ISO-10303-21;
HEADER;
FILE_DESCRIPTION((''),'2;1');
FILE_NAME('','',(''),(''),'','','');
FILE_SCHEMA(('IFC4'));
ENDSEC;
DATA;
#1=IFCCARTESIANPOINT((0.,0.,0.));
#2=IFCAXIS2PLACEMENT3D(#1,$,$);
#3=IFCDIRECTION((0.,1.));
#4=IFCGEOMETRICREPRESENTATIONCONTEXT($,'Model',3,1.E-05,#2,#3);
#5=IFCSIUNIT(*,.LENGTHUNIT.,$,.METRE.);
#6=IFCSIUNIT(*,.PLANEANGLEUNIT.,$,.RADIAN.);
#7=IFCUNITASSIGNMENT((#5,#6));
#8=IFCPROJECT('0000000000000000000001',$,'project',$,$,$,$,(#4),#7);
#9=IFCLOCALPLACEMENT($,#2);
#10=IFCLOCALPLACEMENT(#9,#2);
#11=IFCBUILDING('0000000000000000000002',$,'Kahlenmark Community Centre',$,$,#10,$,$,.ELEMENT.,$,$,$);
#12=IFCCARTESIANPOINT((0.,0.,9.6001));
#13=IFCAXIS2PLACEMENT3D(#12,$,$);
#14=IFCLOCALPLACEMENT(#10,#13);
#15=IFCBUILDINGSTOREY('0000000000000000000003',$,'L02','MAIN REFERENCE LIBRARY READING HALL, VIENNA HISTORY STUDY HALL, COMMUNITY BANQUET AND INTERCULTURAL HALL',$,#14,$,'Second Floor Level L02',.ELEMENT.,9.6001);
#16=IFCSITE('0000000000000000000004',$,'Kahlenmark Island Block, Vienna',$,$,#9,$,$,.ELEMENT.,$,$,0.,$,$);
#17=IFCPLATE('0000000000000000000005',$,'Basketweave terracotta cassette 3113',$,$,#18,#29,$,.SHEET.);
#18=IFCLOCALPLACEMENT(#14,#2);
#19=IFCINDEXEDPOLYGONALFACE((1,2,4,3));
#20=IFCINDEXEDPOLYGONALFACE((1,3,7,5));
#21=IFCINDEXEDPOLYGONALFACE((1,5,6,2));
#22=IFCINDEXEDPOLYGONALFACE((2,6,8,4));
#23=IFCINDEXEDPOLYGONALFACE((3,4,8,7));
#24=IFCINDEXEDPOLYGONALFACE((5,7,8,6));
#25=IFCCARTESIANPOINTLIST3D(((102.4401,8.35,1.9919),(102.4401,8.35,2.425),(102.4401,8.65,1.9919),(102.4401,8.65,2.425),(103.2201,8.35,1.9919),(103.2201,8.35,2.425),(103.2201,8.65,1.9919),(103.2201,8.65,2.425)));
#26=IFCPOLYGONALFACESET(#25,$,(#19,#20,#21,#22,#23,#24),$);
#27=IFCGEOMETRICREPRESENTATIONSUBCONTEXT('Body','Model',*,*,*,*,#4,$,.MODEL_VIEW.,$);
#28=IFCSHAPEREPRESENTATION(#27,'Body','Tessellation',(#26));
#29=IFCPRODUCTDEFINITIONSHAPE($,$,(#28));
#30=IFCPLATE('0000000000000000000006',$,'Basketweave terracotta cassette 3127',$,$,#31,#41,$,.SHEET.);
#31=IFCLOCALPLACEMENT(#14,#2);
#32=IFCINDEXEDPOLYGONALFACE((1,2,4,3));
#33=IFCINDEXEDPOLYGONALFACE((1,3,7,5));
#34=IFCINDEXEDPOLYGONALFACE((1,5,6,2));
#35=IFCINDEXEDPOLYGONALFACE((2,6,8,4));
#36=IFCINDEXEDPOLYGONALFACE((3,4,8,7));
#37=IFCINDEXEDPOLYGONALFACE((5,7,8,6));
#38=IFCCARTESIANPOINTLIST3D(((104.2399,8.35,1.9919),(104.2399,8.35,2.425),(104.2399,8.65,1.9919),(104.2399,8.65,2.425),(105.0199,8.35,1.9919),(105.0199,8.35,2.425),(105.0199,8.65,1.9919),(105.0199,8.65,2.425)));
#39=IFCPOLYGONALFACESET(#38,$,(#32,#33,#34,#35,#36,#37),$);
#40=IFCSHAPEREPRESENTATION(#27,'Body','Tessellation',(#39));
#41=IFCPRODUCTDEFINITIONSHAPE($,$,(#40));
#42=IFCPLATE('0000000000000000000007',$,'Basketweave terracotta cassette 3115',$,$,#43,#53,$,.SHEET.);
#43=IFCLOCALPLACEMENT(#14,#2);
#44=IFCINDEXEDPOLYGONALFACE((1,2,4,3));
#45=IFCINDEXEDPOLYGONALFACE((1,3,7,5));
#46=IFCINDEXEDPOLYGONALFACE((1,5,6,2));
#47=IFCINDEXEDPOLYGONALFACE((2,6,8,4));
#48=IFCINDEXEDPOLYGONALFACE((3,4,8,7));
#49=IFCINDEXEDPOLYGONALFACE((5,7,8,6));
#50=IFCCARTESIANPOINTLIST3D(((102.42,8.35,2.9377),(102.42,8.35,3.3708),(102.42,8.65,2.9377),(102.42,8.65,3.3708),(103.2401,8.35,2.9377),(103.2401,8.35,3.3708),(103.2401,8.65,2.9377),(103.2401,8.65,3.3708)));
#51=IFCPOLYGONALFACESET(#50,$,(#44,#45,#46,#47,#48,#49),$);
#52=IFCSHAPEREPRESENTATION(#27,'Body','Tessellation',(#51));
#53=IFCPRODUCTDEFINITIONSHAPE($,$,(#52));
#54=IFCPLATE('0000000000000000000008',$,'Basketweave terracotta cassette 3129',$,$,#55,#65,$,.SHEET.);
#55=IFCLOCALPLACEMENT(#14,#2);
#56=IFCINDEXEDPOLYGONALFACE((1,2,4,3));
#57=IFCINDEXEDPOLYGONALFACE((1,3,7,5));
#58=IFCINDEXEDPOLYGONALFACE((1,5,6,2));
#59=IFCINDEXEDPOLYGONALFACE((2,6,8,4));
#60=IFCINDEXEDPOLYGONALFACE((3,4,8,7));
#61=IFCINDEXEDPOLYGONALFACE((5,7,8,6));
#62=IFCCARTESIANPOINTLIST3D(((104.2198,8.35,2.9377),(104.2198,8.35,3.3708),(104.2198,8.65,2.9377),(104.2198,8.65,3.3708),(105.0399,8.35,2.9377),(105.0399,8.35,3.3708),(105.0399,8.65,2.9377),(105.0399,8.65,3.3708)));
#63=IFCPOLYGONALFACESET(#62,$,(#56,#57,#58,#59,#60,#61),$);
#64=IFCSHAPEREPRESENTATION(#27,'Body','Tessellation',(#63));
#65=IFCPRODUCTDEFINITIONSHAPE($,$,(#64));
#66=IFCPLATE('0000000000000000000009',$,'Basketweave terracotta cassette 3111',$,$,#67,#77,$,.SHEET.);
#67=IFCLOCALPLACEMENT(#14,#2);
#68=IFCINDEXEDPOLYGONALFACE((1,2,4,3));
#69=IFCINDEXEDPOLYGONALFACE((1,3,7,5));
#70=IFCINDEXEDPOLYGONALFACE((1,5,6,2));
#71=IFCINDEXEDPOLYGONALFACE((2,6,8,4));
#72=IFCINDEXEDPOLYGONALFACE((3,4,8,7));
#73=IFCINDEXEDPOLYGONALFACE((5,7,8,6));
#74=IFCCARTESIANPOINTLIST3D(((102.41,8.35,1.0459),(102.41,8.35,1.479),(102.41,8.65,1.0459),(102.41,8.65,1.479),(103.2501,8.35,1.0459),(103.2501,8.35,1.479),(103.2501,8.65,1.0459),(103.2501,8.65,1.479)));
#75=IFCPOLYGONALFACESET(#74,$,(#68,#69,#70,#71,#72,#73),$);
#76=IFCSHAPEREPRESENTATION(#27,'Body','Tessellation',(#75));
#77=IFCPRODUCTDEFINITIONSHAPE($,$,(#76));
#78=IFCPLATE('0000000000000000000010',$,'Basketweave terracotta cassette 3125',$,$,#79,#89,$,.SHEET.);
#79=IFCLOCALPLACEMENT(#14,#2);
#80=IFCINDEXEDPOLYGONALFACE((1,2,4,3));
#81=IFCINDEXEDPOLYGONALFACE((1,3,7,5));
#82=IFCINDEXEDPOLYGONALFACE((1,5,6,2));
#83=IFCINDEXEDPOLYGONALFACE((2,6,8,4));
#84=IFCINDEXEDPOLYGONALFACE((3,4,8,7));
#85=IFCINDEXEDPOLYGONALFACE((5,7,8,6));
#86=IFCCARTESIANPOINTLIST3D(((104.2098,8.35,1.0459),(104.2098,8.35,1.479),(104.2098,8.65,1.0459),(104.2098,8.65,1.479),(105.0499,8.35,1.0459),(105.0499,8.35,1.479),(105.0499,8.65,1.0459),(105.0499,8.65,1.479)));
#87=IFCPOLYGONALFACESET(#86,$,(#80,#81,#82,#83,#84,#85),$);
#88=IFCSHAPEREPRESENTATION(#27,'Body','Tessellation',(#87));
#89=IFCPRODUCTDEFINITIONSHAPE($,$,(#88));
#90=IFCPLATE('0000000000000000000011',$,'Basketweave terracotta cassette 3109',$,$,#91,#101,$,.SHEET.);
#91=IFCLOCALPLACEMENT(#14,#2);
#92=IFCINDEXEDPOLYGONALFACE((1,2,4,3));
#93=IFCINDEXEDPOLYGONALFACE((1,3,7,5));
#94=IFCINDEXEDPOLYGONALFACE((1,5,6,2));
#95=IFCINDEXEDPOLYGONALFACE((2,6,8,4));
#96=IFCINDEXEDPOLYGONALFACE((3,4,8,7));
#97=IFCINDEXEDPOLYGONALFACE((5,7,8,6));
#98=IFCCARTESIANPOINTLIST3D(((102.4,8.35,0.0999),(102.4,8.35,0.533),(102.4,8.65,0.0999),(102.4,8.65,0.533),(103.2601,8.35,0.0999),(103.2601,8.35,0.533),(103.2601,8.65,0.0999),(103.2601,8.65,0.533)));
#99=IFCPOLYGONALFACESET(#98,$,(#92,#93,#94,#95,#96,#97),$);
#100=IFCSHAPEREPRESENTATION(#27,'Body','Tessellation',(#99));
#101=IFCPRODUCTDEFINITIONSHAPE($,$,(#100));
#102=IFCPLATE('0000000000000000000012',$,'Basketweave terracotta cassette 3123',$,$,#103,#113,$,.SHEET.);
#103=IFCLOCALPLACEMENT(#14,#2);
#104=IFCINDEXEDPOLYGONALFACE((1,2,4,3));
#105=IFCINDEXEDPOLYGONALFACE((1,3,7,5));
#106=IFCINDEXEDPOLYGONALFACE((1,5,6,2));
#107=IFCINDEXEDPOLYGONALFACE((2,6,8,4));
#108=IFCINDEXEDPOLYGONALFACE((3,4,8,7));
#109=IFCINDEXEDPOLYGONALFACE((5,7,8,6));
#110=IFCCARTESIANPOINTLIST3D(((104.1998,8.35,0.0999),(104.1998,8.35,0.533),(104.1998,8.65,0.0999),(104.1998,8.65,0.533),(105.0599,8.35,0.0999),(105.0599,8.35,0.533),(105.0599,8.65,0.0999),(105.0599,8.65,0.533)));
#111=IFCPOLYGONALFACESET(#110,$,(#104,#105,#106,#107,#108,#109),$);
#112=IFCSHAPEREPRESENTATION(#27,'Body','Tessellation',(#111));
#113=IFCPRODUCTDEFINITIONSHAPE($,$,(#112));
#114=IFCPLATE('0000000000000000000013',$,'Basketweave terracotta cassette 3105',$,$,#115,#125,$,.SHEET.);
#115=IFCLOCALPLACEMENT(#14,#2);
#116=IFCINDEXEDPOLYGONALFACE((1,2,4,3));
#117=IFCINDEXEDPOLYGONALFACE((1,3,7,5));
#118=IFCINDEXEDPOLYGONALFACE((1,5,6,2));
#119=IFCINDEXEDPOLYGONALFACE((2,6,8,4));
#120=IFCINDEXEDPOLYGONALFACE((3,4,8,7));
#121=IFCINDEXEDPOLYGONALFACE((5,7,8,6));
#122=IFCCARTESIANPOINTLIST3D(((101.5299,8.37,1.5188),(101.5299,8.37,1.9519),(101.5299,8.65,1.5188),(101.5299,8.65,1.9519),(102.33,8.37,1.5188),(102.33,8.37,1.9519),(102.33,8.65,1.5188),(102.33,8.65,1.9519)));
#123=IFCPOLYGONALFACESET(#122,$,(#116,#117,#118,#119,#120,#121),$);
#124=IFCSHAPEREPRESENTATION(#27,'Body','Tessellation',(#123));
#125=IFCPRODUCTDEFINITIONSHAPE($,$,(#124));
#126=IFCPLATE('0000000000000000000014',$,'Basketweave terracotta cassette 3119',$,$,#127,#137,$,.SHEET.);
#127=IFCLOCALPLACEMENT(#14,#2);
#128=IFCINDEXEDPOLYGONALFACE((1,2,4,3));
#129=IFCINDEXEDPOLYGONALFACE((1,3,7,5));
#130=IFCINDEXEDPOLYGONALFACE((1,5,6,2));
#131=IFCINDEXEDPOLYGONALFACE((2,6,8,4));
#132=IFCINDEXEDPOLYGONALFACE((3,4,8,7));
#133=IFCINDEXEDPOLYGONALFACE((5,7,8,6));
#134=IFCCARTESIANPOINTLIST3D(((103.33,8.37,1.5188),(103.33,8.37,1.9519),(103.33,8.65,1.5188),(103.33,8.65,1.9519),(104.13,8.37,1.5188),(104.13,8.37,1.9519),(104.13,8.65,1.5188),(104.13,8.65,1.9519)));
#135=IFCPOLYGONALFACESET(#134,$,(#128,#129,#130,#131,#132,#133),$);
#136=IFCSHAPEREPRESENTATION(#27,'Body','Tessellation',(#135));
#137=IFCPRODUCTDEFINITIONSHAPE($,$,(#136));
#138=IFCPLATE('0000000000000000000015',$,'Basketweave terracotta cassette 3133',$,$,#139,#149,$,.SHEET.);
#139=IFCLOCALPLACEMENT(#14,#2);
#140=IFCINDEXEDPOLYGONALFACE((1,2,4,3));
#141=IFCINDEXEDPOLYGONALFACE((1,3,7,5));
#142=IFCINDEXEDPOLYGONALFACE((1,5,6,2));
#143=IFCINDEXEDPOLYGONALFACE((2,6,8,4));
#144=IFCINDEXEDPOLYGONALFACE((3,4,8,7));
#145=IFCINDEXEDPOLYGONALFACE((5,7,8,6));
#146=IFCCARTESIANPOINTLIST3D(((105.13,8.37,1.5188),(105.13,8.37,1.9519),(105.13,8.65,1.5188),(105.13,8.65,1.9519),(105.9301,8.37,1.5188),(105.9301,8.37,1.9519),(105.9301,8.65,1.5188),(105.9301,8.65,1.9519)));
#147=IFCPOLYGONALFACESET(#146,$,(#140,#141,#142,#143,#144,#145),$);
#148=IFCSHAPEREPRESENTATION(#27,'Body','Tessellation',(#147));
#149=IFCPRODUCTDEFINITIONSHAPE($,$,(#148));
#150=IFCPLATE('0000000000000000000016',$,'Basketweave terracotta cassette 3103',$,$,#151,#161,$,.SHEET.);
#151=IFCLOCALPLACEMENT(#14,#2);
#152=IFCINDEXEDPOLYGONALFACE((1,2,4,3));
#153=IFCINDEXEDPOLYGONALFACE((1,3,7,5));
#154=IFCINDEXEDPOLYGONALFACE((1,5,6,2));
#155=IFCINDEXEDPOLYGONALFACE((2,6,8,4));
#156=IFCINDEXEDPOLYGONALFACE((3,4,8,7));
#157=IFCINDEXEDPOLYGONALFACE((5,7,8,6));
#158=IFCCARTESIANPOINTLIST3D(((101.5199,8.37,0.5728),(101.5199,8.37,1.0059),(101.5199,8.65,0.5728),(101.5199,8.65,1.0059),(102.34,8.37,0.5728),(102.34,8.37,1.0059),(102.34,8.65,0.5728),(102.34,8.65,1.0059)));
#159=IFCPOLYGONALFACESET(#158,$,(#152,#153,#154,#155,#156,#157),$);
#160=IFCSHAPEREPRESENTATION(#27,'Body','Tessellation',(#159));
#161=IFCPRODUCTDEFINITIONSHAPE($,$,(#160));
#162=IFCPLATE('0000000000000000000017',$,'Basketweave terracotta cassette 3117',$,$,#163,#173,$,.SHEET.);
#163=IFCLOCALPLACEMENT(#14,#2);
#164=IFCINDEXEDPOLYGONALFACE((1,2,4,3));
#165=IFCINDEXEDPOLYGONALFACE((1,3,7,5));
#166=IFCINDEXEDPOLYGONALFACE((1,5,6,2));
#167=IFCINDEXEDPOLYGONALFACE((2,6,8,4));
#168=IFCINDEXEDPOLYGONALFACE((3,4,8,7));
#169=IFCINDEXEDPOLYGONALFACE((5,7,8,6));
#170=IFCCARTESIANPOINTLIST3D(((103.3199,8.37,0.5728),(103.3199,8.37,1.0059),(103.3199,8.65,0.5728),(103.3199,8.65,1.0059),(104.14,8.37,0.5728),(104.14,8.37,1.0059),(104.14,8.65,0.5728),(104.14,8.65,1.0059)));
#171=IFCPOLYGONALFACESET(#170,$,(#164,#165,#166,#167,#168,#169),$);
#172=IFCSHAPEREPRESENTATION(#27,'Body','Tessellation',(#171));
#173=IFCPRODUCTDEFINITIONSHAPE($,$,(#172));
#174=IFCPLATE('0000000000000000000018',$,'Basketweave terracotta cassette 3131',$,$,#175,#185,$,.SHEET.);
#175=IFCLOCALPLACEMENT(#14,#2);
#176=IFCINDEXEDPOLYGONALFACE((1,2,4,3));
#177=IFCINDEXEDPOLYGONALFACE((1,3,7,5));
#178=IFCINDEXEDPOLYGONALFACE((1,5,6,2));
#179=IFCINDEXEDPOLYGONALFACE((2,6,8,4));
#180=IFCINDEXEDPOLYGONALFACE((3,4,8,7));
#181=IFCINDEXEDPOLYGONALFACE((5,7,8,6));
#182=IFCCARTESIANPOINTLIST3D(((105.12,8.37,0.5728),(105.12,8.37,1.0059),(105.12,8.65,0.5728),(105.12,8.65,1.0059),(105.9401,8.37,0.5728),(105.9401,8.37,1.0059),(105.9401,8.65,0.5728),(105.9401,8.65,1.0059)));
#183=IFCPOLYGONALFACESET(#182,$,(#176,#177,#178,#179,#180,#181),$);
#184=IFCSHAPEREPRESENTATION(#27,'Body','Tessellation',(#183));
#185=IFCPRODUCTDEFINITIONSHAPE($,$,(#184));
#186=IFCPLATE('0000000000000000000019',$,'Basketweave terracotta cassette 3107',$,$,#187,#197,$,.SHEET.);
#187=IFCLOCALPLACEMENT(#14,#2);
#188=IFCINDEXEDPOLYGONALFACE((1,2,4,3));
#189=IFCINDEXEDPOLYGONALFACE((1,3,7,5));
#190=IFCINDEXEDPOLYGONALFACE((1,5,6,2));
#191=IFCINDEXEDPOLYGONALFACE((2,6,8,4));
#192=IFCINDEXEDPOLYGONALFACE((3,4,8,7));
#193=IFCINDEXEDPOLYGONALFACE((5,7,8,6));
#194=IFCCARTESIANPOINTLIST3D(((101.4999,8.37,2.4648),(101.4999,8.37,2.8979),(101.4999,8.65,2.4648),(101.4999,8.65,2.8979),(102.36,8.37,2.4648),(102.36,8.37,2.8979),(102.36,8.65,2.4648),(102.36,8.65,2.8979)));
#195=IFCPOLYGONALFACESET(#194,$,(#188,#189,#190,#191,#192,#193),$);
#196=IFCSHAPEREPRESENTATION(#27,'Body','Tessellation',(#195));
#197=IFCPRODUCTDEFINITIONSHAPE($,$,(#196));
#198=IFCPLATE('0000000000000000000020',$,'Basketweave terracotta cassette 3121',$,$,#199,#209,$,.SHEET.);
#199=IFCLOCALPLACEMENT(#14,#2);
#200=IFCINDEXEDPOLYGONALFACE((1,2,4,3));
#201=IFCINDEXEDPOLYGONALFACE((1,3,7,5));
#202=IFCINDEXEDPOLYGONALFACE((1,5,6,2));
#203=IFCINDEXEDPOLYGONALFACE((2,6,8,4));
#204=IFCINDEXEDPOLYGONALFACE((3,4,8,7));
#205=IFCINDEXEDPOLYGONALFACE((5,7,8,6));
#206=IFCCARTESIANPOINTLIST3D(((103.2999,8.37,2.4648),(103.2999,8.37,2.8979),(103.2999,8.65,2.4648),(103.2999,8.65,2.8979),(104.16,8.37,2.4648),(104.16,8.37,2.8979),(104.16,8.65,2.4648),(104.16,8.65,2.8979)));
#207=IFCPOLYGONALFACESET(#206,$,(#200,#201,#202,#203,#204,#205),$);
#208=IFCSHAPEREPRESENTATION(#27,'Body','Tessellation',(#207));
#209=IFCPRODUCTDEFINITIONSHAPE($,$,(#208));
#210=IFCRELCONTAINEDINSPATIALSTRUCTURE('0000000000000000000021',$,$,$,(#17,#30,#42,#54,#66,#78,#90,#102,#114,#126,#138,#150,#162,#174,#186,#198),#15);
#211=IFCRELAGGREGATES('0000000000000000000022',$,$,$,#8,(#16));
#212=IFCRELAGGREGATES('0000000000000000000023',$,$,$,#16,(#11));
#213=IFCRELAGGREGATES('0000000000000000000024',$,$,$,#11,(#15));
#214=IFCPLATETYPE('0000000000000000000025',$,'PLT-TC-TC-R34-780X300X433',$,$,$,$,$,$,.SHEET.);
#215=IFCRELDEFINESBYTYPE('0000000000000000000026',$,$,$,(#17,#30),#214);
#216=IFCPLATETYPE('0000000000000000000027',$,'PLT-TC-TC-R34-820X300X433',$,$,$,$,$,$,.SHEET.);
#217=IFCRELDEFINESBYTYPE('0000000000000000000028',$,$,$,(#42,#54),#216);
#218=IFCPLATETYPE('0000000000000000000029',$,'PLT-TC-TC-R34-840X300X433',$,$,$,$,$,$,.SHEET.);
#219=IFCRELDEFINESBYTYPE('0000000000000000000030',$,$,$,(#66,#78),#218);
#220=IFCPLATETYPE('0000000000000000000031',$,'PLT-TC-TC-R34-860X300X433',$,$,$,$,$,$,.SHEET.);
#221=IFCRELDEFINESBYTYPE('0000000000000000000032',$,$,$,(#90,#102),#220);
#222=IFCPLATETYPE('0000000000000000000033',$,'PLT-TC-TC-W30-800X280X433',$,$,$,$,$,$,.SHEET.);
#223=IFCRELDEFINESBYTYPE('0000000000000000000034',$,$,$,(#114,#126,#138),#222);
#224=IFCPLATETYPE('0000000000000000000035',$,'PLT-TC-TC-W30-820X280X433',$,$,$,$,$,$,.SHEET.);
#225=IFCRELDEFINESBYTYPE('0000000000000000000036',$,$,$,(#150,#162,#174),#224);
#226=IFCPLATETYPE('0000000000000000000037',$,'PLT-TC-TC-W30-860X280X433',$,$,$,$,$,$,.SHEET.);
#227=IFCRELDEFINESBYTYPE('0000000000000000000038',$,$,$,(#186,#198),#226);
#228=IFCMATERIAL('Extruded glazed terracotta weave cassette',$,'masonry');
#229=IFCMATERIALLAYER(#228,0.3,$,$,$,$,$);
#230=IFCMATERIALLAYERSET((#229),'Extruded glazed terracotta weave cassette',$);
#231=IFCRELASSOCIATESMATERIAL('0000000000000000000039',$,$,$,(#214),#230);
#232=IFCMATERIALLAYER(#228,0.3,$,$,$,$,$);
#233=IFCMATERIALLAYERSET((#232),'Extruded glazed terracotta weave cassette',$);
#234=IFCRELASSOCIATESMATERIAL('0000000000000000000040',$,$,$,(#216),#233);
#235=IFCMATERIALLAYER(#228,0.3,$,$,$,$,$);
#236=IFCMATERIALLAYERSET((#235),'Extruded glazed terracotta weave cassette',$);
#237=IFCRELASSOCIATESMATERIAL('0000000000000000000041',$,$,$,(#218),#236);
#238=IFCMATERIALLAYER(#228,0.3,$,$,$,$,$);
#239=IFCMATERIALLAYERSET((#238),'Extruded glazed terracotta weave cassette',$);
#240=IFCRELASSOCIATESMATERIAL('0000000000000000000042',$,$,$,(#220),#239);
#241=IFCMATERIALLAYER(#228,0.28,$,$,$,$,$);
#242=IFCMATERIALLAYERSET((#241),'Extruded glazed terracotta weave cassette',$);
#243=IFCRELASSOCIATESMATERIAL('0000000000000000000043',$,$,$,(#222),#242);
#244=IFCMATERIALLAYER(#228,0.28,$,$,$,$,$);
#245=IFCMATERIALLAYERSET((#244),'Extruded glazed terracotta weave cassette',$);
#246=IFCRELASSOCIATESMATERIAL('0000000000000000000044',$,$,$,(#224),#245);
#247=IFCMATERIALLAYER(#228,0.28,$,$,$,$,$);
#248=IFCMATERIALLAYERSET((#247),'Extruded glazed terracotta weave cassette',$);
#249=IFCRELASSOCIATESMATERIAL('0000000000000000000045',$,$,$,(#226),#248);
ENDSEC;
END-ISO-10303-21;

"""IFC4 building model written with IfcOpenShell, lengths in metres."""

from ifc_helpers import new_model, si_unit, direction, frame, origin, origin_2d, place, context, subcontext, project, spatial, rectangle, extrude, material, layer, layer_set, type_object, element, save


model = new_model("IFC4")

# Units and contexts
model_context = context("Model", 3, precision=1e-05, world=origin(), true_north=direction((0.0, 1.0)))
body_context = subcontext(model_context, "Body", "Model", "MODEL_VIEW")
ifc_project = project(units=[si_unit("LENGTHUNIT", "METRE"), si_unit("PLANEANGLEUNIT", "RADIAN")], contexts=[model_context])

# Site, building, storey
site_placement = place(None, origin())
site = spatial("IfcSite", under=ifc_project, at=site_placement, Name="Kahlenmark Island Block, Vienna", CompositionType="ELEMENT", RefElevation=0.0)
building_placement = place(site_placement, origin())
building = spatial("IfcBuilding", under=site, at=building_placement, Name="Kahlenmark Community Centre", CompositionType="ELEMENT")
storey_placement = place(building_placement, frame((0.0, 0.0, 9.6001)))
storey = spatial("IfcBuildingStorey", under=building, at=storey_placement, Name="L02", Description="MAIN REFERENCE LIBRARY READING HALL, VIENNA HISTORY STUDY HALL, COMMUNITY BANQUET AND INTERCULTURAL HALL", LongName="Second Floor Level L02", CompositionType="ELEMENT", Elevation=9.6001)

# Plates
ifc_material_1 = material(Name="Extruded glazed terracotta weave cassette", Category="masonry")
ifc_layer_1 = layer(ifc_material_1, 0.3)
ifc_layer_set_1 = layer_set([ifc_layer_1], Name="Extruded glazed terracotta weave cassette")
plate_type_1 = type_object("IfcPlateType", Name="PLT-TC-TC-R34-780X300X433", PredefinedType="SHEET", material=ifc_layer_set_1)
for number, where, z_axis, x_axis, name in (
    (1, (102.8301, 8.5, 1.9919), (0.0, 0.0, 1.0), (1.0, 0.0, 0.0), "Basketweave terracotta cassette 3113"),
    (2, (104.6299, 8.5, 1.9919), (0.0, 0.0, 1.0), (1.0, 0.0, 0.0), "Basketweave terracotta cassette 3127"),
):
    element("IfcPlate", number, at=place(storey_placement, frame(where, z_axis=z_axis, x_axis=x_axis)), inside=storey, type_object=plate_type_1, Name=name, PredefinedType="SHEET", context=body_context, shape_type="SweptSolid", body=[
        extrude(rectangle(XDim=0.78, YDim=0.3, at=origin_2d()), origin(), (0.0, 0.0, 1.0), 0.4331),
    ])
ifc_layer_2 = layer(ifc_material_1, 0.3)
ifc_layer_set_2 = layer_set([ifc_layer_2], Name="Extruded glazed terracotta weave cassette")
plate_type_2 = type_object("IfcPlateType", Name="PLT-TC-TC-R34-820X300X433", PredefinedType="SHEET", material=ifc_layer_set_2)
for number, where, z_axis, x_axis, name in (
    (3, (102.8301, 8.5, 2.9377), (0.0, 0.0, 1.0), (1.0, 0.0, 0.0), "Basketweave terracotta cassette 3115"),
    (4, (104.6299, 8.5, 2.9377), (0.0, 0.0, 1.0), (1.0, 0.0, 0.0), "Basketweave terracotta cassette 3129"),
):
    element("IfcPlate", number, at=place(storey_placement, frame(where, z_axis=z_axis, x_axis=x_axis)), inside=storey, type_object=plate_type_2, Name=name, PredefinedType="SHEET", context=body_context, shape_type="SweptSolid", body=[
        extrude(rectangle(XDim=0.8201, YDim=0.3, at=origin_2d()), origin(), (0.0, 0.0, 1.0), 0.4331),
    ])
ifc_layer_3 = layer(ifc_material_1, 0.3)
ifc_layer_set_3 = layer_set([ifc_layer_3], Name="Extruded glazed terracotta weave cassette")
plate_type_3 = type_object("IfcPlateType", Name="PLT-TC-TC-R34-840X300X433", PredefinedType="SHEET", material=ifc_layer_set_3)
for number, where, z_axis, x_axis, name in (
    (5, (102.8301, 8.5, 1.0459), (0.0, 0.0, 1.0), (1.0, 0.0, 0.0), "Basketweave terracotta cassette 3111"),
    (6, (104.6299, 8.5, 1.0459), (0.0, 0.0, 1.0), (1.0, 0.0, 0.0), "Basketweave terracotta cassette 3125"),
):
    element("IfcPlate", number, at=place(storey_placement, frame(where, z_axis=z_axis, x_axis=x_axis)), inside=storey, type_object=plate_type_3, Name=name, PredefinedType="SHEET", context=body_context, shape_type="SweptSolid", body=[
        extrude(rectangle(XDim=0.8401, YDim=0.3, at=origin_2d()), origin(), (0.0, 0.0, 1.0), 0.4331),
    ])
ifc_layer_4 = layer(ifc_material_1, 0.3)
ifc_layer_set_4 = layer_set([ifc_layer_4], Name="Extruded glazed terracotta weave cassette")
plate_type_4 = type_object("IfcPlateType", Name="PLT-TC-TC-R34-860X300X433", PredefinedType="SHEET", material=ifc_layer_set_4)
for number, where, z_axis, x_axis, name in (
    (7, (102.8301, 8.5, 0.0999), (0.0, 0.0, 1.0), (1.0, 0.0, 0.0), "Basketweave terracotta cassette 3109"),
    (8, (104.6299, 8.5, 0.0999), (0.0, 0.0, 1.0), (1.0, 0.0, 0.0), "Basketweave terracotta cassette 3123"),
):
    element("IfcPlate", number, at=place(storey_placement, frame(where, z_axis=z_axis, x_axis=x_axis)), inside=storey, type_object=plate_type_4, Name=name, PredefinedType="SHEET", context=body_context, shape_type="SweptSolid", body=[
        extrude(rectangle(XDim=0.8601, YDim=0.3, at=origin_2d()), origin(), (0.0, 0.0, 1.0), 0.4331),
    ])
ifc_layer_5 = layer(ifc_material_1, 0.28)
ifc_layer_set_5 = layer_set([ifc_layer_5], Name="Extruded glazed terracotta weave cassette")
plate_type_5 = type_object("IfcPlateType", Name="PLT-TC-TC-W30-800X280X433", PredefinedType="SHEET", material=ifc_layer_set_5)
for number, where, z_axis, x_axis, name in (
    (9, (101.9299, 8.51, 1.5188), (0.0, 0.0, 1.0), (1.0, 0.0, 0.0), "Basketweave terracotta cassette 3105"),
    (10, (103.73, 8.51, 1.5188), (0.0, 0.0, 1.0), (1.0, 0.0, 0.0), "Basketweave terracotta cassette 3119"),
    (11, (105.53, 8.51, 1.5188), (0.0, 0.0, 1.0), (1.0, 0.0, 0.0), "Basketweave terracotta cassette 3133"),
):
    element("IfcPlate", number, at=place(storey_placement, frame(where, z_axis=z_axis, x_axis=x_axis)), inside=storey, type_object=plate_type_5, Name=name, PredefinedType="SHEET", context=body_context, shape_type="SweptSolid", body=[
        extrude(rectangle(XDim=0.8, YDim=0.28, at=origin_2d()), origin(), (0.0, 0.0, 1.0), 0.4331),
    ])
ifc_layer_6 = layer(ifc_material_1, 0.28)
ifc_layer_set_6 = layer_set([ifc_layer_6], Name="Extruded glazed terracotta weave cassette")
plate_type_6 = type_object("IfcPlateType", Name="PLT-TC-TC-W30-820X280X433", PredefinedType="SHEET", material=ifc_layer_set_6)
for number, where, z_axis, x_axis, name in (
    (12, (101.9299, 8.51, 0.5728), (0.0, 0.0, 1.0), (1.0, 0.0, 0.0), "Basketweave terracotta cassette 3103"),
    (13, (103.73, 8.51, 0.5728), (0.0, 0.0, 1.0), (1.0, 0.0, 0.0), "Basketweave terracotta cassette 3117"),
    (14, (105.53, 8.51, 0.5728), (0.0, 0.0, 1.0), (1.0, 0.0, 0.0), "Basketweave terracotta cassette 3131"),
):
    element("IfcPlate", number, at=place(storey_placement, frame(where, z_axis=z_axis, x_axis=x_axis)), inside=storey, type_object=plate_type_6, Name=name, PredefinedType="SHEET", context=body_context, shape_type="SweptSolid", body=[
        extrude(rectangle(XDim=0.8201, YDim=0.28, at=origin_2d()), origin(), (0.0, 0.0, 1.0), 0.4331),
    ])
ifc_layer_7 = layer(ifc_material_1, 0.28)
ifc_layer_set_7 = layer_set([ifc_layer_7], Name="Extruded glazed terracotta weave cassette")
plate_type_7 = type_object("IfcPlateType", Name="PLT-TC-TC-W30-860X280X433", PredefinedType="SHEET", material=ifc_layer_set_7)
for number, where, z_axis, x_axis, name in (
    (15, (101.9299, 8.51, 2.4648), (0.0, 0.0, 1.0), (1.0, 0.0, 0.0), "Basketweave terracotta cassette 3107"),
    (16, (103.73, 8.51, 2.4648), (0.0, 0.0, 1.0), (1.0, 0.0, 0.0), "Basketweave terracotta cassette 3121"),
):
    element("IfcPlate", number, at=place(storey_placement, frame(where, z_axis=z_axis, x_axis=x_axis)), inside=storey, type_object=plate_type_7, Name=name, PredefinedType="SHEET", context=body_context, shape_type="SweptSolid", body=[
        extrude(rectangle(XDim=0.8601, YDim=0.28, at=origin_2d()), origin(), (0.0, 0.0, 1.0), 0.4331),
    ])

save(model, "model.ifc")
